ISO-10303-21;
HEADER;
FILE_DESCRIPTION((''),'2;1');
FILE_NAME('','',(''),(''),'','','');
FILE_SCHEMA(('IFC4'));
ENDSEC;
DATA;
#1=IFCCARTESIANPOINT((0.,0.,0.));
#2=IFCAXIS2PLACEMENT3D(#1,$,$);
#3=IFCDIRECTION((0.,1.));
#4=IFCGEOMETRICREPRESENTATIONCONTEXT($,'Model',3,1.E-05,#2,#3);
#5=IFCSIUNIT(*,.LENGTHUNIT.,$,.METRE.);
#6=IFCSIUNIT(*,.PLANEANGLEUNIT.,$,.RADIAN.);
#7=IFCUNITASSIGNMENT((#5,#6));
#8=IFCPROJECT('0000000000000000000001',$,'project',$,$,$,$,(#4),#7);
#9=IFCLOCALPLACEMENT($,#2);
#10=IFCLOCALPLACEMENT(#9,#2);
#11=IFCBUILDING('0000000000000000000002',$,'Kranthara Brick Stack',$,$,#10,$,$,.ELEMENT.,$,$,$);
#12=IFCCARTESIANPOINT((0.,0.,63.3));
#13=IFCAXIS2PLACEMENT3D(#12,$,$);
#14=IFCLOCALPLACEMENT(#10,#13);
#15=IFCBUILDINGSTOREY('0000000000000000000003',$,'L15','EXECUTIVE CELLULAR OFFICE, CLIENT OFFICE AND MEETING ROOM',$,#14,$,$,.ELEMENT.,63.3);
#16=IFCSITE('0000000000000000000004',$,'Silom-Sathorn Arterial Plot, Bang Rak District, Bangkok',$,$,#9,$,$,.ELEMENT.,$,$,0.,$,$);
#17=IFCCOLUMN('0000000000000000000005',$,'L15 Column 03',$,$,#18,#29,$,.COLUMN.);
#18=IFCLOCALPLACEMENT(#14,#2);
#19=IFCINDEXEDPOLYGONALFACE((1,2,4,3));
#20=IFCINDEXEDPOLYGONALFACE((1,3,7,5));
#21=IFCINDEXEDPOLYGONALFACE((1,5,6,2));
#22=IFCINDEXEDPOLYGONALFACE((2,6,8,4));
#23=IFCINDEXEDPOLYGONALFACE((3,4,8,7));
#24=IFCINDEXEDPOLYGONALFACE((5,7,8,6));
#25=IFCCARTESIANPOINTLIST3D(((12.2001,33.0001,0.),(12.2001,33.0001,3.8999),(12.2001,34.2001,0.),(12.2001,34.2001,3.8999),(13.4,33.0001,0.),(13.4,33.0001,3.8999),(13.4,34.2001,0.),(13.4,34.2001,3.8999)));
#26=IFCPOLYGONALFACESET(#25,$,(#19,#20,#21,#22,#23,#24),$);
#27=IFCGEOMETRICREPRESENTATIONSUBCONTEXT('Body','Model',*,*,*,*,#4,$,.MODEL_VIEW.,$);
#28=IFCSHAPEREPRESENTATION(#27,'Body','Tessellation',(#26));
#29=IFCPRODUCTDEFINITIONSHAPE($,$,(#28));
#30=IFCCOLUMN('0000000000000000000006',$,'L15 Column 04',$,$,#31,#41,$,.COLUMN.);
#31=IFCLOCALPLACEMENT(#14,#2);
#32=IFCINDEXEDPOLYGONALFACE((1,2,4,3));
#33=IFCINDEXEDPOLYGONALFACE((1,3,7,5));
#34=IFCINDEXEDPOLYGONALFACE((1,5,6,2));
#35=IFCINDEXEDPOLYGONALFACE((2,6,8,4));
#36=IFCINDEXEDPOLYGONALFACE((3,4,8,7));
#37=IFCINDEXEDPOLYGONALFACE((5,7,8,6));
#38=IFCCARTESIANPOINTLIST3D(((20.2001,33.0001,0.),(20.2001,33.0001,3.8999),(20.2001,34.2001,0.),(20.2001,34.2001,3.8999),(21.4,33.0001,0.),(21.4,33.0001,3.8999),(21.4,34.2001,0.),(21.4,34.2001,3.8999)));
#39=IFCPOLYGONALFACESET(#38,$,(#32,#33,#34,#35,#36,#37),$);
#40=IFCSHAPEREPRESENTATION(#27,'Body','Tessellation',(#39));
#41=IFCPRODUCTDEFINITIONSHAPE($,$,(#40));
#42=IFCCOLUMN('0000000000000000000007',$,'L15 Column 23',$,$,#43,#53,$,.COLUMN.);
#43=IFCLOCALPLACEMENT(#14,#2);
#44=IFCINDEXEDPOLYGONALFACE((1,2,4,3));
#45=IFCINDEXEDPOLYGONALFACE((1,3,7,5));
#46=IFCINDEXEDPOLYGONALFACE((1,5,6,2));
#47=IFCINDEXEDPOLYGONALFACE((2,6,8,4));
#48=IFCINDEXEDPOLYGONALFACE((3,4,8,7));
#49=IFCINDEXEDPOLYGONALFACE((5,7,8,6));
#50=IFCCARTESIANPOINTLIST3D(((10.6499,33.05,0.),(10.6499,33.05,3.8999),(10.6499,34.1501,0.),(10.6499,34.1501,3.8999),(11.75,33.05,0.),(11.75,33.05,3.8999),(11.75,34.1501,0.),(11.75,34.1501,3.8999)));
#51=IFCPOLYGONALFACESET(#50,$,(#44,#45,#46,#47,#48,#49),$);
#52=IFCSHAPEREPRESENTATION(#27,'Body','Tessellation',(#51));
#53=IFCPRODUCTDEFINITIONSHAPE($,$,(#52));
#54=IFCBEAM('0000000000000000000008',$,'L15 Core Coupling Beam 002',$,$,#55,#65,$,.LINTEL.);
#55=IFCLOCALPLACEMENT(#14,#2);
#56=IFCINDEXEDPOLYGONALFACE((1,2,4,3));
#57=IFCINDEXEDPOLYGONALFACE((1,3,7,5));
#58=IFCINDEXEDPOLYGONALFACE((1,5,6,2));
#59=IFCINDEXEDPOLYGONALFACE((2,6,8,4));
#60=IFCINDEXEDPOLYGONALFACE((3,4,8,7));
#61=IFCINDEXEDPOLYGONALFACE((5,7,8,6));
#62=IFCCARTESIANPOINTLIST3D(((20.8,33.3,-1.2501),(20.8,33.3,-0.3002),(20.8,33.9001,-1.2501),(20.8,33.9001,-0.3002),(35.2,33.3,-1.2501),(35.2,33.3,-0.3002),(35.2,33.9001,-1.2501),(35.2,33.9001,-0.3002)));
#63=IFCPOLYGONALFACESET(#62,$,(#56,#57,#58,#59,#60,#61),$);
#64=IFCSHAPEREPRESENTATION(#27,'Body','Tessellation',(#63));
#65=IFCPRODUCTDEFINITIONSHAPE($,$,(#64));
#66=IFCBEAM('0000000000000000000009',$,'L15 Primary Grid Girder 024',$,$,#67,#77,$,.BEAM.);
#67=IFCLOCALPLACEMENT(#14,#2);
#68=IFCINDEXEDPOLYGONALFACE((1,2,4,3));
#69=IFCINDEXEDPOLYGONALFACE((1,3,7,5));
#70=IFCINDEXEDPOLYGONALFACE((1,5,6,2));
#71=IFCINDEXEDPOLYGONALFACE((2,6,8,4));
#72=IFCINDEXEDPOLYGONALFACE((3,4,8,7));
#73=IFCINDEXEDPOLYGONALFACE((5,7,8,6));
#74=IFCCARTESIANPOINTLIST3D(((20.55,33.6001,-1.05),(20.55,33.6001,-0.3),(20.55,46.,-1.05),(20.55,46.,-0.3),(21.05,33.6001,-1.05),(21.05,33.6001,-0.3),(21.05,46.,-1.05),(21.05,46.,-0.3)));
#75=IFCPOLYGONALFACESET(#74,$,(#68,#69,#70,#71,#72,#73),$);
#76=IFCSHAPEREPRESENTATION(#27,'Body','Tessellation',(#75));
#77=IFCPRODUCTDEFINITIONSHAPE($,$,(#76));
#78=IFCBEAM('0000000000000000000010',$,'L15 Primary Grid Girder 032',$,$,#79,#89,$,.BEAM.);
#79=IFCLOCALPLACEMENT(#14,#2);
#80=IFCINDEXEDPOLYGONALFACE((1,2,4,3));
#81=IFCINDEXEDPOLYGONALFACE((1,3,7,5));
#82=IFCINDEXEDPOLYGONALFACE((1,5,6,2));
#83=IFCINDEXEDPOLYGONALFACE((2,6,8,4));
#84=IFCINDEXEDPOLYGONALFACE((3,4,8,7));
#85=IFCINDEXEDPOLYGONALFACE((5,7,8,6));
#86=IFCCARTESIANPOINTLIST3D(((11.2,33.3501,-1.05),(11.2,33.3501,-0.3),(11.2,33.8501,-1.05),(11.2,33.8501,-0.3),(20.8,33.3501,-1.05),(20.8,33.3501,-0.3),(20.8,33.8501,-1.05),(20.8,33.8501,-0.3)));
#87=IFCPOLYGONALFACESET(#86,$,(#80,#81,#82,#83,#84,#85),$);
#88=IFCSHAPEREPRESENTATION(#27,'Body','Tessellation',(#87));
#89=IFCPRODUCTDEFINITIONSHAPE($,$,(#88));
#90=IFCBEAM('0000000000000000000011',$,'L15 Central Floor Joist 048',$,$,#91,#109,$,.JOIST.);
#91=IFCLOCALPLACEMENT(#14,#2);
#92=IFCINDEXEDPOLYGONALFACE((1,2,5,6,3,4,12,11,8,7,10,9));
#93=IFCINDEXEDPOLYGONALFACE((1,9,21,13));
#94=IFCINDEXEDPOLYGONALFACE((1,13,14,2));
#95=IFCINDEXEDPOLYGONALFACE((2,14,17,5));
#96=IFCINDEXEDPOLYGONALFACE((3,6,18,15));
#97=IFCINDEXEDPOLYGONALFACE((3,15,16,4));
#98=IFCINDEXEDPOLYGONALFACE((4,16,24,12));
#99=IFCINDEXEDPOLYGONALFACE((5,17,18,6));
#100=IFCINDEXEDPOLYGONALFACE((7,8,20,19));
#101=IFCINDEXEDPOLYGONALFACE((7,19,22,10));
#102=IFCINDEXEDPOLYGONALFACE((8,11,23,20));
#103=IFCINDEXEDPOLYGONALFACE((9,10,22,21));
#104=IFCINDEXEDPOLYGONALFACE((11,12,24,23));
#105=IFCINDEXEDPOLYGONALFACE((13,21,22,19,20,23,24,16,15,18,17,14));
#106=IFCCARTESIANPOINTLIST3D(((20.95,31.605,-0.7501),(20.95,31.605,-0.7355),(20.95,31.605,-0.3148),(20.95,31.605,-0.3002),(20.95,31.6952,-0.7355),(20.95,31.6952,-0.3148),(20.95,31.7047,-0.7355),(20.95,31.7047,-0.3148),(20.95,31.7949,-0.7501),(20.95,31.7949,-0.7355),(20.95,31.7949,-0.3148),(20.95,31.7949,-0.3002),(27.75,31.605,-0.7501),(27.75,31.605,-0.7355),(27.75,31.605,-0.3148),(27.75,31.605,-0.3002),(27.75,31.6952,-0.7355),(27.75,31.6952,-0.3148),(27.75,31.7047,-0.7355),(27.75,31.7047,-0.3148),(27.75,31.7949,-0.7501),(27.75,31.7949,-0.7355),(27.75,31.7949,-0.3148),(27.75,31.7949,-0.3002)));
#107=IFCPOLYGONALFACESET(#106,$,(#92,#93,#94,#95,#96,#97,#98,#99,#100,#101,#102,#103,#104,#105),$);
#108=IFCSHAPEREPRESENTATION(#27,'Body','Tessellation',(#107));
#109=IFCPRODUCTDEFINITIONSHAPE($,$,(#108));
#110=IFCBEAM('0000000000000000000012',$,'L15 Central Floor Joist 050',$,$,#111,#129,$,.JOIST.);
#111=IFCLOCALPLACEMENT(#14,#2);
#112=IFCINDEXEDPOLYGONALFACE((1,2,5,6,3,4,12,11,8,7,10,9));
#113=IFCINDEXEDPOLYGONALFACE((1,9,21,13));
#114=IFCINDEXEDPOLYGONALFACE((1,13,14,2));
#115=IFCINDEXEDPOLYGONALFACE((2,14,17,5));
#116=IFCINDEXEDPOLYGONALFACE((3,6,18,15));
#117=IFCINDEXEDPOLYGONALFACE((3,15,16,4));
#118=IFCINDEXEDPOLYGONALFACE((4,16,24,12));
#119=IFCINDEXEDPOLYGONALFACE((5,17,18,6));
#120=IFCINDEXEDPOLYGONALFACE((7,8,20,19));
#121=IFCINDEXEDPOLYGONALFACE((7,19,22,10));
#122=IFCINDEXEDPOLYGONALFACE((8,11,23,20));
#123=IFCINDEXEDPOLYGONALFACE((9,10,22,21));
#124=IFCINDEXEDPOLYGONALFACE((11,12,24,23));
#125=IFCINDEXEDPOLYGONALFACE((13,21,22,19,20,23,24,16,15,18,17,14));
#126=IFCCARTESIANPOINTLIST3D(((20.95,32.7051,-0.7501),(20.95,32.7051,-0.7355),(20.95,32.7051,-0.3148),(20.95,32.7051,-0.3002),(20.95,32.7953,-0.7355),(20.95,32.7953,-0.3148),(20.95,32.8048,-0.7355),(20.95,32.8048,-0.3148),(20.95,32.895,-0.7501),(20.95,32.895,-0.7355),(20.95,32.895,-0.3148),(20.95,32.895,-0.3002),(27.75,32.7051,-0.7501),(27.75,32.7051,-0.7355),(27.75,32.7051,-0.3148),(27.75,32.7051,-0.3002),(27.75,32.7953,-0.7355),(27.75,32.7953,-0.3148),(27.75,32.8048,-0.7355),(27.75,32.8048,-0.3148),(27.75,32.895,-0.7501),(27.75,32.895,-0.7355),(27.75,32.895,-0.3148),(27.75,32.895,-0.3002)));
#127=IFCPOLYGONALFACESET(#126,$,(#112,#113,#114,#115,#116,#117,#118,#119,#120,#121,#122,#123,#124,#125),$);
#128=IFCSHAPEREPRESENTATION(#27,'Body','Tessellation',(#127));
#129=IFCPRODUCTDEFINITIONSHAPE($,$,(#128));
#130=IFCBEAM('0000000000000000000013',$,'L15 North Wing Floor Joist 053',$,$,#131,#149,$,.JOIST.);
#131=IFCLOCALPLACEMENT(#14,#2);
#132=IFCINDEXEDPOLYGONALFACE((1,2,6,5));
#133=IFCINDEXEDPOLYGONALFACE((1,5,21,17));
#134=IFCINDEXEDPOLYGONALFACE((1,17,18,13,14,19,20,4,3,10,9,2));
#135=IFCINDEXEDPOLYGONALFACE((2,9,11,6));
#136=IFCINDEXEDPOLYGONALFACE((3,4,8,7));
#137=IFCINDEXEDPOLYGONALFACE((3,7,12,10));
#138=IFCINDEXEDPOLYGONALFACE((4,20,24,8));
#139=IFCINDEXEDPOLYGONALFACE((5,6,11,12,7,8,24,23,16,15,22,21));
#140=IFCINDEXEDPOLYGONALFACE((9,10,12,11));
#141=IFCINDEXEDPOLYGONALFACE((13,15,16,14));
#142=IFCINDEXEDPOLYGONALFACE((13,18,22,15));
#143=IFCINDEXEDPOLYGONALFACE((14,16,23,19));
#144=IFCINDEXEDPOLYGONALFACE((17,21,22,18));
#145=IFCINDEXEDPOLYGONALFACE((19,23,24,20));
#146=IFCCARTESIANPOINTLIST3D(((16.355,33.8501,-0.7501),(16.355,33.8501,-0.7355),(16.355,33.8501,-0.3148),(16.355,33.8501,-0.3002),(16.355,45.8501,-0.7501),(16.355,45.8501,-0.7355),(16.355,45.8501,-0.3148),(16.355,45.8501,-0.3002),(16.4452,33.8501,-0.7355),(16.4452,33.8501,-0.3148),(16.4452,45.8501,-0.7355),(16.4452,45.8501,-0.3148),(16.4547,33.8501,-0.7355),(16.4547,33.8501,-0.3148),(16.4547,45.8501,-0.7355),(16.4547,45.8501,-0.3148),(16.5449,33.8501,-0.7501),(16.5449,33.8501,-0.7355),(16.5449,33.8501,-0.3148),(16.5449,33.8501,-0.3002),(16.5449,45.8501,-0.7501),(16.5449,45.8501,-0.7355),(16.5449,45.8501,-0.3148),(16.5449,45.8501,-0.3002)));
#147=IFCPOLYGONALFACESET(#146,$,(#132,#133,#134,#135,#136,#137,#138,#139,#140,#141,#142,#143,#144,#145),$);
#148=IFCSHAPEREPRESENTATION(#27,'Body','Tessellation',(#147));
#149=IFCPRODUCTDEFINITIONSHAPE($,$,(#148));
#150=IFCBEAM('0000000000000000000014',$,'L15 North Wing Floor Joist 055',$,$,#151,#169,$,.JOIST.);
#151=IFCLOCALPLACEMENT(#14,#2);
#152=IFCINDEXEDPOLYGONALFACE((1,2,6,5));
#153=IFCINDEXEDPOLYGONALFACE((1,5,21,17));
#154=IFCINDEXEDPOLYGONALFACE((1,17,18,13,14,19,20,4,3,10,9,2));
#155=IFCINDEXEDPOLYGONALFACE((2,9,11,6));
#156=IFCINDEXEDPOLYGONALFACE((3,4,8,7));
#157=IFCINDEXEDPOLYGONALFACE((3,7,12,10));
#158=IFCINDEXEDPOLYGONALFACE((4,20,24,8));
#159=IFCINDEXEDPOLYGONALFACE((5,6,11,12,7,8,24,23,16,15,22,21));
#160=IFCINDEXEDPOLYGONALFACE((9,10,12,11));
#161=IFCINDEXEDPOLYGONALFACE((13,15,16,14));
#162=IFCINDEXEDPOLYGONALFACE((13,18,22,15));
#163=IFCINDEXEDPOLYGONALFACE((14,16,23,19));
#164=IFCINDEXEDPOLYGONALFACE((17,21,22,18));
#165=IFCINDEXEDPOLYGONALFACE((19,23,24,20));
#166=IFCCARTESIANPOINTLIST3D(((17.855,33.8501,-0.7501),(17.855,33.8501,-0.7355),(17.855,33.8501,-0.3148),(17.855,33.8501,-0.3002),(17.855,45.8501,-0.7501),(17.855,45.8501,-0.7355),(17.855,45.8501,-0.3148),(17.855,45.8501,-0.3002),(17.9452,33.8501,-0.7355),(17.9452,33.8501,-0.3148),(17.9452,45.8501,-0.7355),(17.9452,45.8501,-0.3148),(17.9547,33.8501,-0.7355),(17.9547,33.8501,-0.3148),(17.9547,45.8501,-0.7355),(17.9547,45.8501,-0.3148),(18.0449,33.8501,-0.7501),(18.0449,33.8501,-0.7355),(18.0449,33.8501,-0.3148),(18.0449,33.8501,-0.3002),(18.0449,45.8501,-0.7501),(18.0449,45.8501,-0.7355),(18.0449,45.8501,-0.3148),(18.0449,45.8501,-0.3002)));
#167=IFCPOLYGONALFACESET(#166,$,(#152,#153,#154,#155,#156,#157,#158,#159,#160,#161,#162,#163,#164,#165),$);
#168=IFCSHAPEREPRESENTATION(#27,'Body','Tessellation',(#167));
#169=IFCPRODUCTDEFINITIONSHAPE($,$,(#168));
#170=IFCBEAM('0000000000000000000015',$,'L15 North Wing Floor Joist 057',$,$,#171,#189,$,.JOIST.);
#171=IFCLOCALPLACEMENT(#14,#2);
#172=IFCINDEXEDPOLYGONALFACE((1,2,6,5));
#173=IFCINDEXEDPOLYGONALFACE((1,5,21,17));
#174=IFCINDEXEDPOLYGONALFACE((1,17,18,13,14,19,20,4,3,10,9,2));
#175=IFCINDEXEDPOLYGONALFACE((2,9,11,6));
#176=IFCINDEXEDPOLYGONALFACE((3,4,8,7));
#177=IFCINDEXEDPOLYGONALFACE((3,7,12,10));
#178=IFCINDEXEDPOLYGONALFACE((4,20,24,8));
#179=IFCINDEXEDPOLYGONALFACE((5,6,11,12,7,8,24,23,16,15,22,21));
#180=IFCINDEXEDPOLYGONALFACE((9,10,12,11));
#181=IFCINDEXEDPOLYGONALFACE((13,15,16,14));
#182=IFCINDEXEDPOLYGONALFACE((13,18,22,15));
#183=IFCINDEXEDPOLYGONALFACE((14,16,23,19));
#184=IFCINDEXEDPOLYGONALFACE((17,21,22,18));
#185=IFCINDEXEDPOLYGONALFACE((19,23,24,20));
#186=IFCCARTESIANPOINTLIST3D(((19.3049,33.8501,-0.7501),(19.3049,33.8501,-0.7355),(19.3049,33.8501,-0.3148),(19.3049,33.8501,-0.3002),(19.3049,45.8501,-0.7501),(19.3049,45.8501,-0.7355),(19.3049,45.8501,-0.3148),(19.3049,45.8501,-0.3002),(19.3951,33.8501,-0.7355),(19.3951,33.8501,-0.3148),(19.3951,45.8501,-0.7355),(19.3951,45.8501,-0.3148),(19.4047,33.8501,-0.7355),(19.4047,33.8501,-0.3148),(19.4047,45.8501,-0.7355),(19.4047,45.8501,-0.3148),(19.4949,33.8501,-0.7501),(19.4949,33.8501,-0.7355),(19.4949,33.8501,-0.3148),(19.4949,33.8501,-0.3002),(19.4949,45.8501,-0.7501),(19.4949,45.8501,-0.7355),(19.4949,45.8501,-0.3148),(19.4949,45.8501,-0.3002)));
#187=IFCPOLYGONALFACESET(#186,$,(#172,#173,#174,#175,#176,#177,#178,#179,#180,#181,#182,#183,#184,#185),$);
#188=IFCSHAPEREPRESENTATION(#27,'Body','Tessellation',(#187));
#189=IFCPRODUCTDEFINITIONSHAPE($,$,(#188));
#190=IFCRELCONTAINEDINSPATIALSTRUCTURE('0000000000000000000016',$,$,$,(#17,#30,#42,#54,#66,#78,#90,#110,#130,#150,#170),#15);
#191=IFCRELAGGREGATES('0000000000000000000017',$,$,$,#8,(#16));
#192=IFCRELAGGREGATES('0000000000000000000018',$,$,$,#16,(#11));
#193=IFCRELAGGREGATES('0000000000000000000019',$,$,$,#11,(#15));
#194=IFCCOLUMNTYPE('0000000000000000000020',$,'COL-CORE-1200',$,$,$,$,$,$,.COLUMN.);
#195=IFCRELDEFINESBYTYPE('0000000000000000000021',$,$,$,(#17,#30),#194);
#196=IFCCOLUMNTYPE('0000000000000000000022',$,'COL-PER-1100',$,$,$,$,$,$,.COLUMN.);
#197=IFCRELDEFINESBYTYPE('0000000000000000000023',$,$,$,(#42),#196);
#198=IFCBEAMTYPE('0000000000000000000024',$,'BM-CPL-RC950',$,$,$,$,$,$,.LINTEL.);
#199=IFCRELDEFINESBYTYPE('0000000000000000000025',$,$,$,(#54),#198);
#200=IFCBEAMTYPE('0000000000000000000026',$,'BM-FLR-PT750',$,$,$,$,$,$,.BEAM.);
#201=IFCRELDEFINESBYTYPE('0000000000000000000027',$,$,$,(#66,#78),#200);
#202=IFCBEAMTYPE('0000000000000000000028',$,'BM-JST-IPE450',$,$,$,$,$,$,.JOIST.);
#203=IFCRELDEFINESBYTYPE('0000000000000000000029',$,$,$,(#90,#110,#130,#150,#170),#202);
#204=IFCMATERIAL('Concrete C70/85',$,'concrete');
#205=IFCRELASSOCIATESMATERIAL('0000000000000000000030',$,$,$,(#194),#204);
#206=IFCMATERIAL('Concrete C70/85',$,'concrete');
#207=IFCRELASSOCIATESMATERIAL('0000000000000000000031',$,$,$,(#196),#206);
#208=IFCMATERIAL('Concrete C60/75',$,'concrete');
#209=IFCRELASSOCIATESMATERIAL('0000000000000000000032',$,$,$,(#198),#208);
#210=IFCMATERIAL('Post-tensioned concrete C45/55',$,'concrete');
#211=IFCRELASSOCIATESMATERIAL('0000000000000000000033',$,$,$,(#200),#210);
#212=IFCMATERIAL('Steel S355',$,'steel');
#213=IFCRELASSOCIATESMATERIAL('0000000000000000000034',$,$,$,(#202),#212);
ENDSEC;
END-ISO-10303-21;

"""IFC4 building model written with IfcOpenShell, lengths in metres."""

from ifc_helpers import new_model, si_unit, direction, frame, origin, origin_2d, place, context, subcontext, project, spatial, rectangle, i_section, extrude, material, material_profile, profile_set, type_object, element, save


model = new_model("IFC4")

# Units and contexts
model_context = context("Model", 3, precision=1e-05, world=origin(), true_north=direction((0.0, 1.0)))
body_context = subcontext(model_context, "Body", "Model", "MODEL_VIEW")
ifc_project = project(units=[si_unit("LENGTHUNIT", "METRE"), si_unit("PLANEANGLEUNIT", "RADIAN")], contexts=[model_context])

# Site, building, storey
site_placement = place(None, origin())
site = spatial("IfcSite", under=ifc_project, at=site_placement, Name="Silom-Sathorn Arterial Plot, Bang Rak District, Bangkok", CompositionType="ELEMENT", RefElevation=0.0)
building_placement = place(site_placement, origin())
building = spatial("IfcBuilding", under=site, at=building_placement, Name="Kranthara Brick Stack", CompositionType="ELEMENT")
storey_placement = place(building_placement, frame((0.0, 0.0, 63.3)))
storey = spatial("IfcBuildingStorey", under=building, at=storey_placement, Name="L15", Description="EXECUTIVE CELLULAR OFFICE, CLIENT OFFICE AND MEETING ROOM", CompositionType="ELEMENT", Elevation=63.3)

# Columns
ifc_material_1 = material(Name="Concrete C70/85", Category="concrete")
ifc_material_profile_1 = material_profile(ifc_material_1, rectangle(XDim=1.2, YDim=1.2, at=origin_2d()), Name="RC 1200x1200")
ifc_profile_set_1 = profile_set([ifc_material_profile_1], Name="Concrete C70/85")
column_type_1 = type_object("IfcColumnType", Name="COL-CORE-1200", PredefinedType="COLUMN", material=ifc_profile_set_1)
for number, where, z_axis, x_axis, name in (
    (1, (12.8, 33.6001, 0.0), (0.0, 0.0, 1.0), (1.0, 0.0, 0.0), "L15 Column 03"),
    (2, (20.8, 33.6001, 0.0), (0.0, 0.0, 1.0), (1.0, 0.0, 0.0), "L15 Column 04"),
):
    element("IfcColumn", number, at=place(storey_placement, frame(where, z_axis=z_axis, x_axis=x_axis)), inside=storey, type_object=column_type_1, Name=name, PredefinedType="COLUMN", context=body_context, shape_type="SweptSolid", body=[
        extrude(rectangle(XDim=1.2, YDim=1.2, at=origin_2d()), origin(), (0.0, 0.0, 1.0), 3.8999),
    ])
ifc_material_2 = material(Name="Concrete C70/85", Category="concrete")
ifc_material_profile_2 = material_profile(ifc_material_2, rectangle(XDim=1.1001, YDim=1.1001, at=origin_2d()), Name="RC 1100x1100")
ifc_profile_set_2 = profile_set([ifc_material_profile_2], Name="Concrete C70/85")
column_type_2 = type_object("IfcColumnType", Name="COL-PER-1100", PredefinedType="COLUMN", material=ifc_profile_set_2)
column_placement = place(storey_placement, frame((11.2, 33.6001, 0.0), z_axis=(0.0, 0.0, 1.0), x_axis=(1.0, 0.0, 0.0)))
element("IfcColumn", 3, at=column_placement, inside=storey, type_object=column_type_2, Name="L15 Column 23", PredefinedType="COLUMN", context=body_context, shape_type="SweptSolid", body=[
    extrude(rectangle(XDim=1.1001, YDim=1.1001, at=origin_2d()), origin(), (0.0, 0.0, 1.0), 3.8999),
])

# Beams
ifc_material_3 = material(Name="Concrete C60/75", Category="concrete")
ifc_material_profile_3 = material_profile(ifc_material_3, rectangle(XDim=0.6001, YDim=0.95, at=origin_2d()), Name="RC 600x950")
ifc_profile_set_3 = profile_set([ifc_material_profile_3], Name="Concrete C60/75")
beam_type_1 = type_object("IfcBeamType", Name="BM-CPL-RC950", PredefinedType="LINTEL", material=ifc_profile_set_3)
beam_1_placement = place(storey_placement, frame((20.8, 33.6001, -0.7751), z_axis=(1.0, 0.0, 0.0), x_axis=(0.0, 1.0, 0.0)))
element("IfcBeam", 4, at=beam_1_placement, inside=storey, type_object=beam_type_1, Name="L15 Core Coupling Beam 002", PredefinedType="LINTEL", context=body_context, shape_type="SweptSolid", body=[
    extrude(rectangle(XDim=0.6001, YDim=0.95, at=origin_2d()), origin(), (0.0, 0.0, 1.0), 14.3999),
])
ifc_material_4 = material(Name="Post-tensioned concrete C45/55", Category="concrete")
ifc_material_profile_4 = material_profile(ifc_material_4, rectangle(XDim=0.5, YDim=0.75, at=origin_2d()), Name="PT 500x750")
ifc_profile_set_4 = profile_set([ifc_material_profile_4], Name="Post-tensioned concrete C45/55")
beam_type_2 = type_object("IfcBeamType", Name="BM-FLR-PT750", PredefinedType="BEAM", material=ifc_profile_set_4)
beam_2_placement = place(storey_placement, frame((20.8, 33.6001, -0.675), z_axis=(0.0, 1.0, 0.0), x_axis=(-1.0, 0.0, 0.0)))
element("IfcBeam", 5, at=beam_2_placement, inside=storey, type_object=beam_type_2, Name="L15 Primary Grid Girder 024", PredefinedType="BEAM", context=body_context, shape_type="SweptSolid", body=[
    extrude(rectangle(XDim=0.5, YDim=0.75, at=origin_2d()), origin(), (0.0, 0.0, 1.0), 12.3999),
])
beam_3_placement = place(storey_placement, frame((11.2, 33.6001, -0.675), z_axis=(1.0, 0.0, 0.0), x_axis=(0.0, 1.0, 0.0)))
element("IfcBeam", 6, at=beam_3_placement, inside=storey, type_object=beam_type_2, Name="L15 Primary Grid Girder 032", PredefinedType="BEAM", context=body_context, shape_type="SweptSolid", body=[
    extrude(rectangle(XDim=0.5, YDim=0.75, at=origin_2d()), origin(), (0.0, 0.0, 1.0), 9.6001),
])
ifc_material_5 = material(Name="Steel S355", Category="steel")
ifc_material_profile_5 = material_profile(ifc_material_5, i_section(OverallWidth=0.1899, OverallDepth=0.45, WebThickness=0.0095, FlangeThickness=0.0146, at=origin_2d()), Name="IPE 450")
ifc_profile_set_5 = profile_set([ifc_material_profile_5], Name="Steel S355")
beam_type_3 = type_object("IfcBeamType", Name="BM-JST-IPE450", PredefinedType="JOIST", material=ifc_profile_set_5)
for number, where, z_axis, x_axis, name in (
    (7, (20.95, 31.7, -0.5251), (1.0, 0.0, 0.0), (0.0, 1.0, 0.0), "L15 Central Floor Joist 048"),
    (8, (20.95, 32.8, -0.5251), (1.0, 0.0, 0.0), (0.0, 1.0, 0.0), "L15 Central Floor Joist 050"),
):
    element("IfcBeam", number, at=place(storey_placement, frame(where, z_axis=z_axis, x_axis=x_axis)), inside=storey, type_object=beam_type_3, Name=name, PredefinedType="JOIST", context=body_context, shape_type="SweptSolid", body=[
        extrude(i_section(OverallWidth=0.1899, OverallDepth=0.45, WebThickness=0.0095, FlangeThickness=0.0146, at=origin_2d()), origin(), (0.0, 0.0, 1.0), 6.8),
    ])
for number, where, z_axis, x_axis, name in (
    (9, (16.45, 33.8501, -0.5251), (0.0, 1.0, 0.0), (-1.0, 0.0, 0.0), "L15 North Wing Floor Joist 053"),
    (10, (17.95, 33.8501, -0.5251), (0.0, 1.0, 0.0), (-1.0, 0.0, 0.0), "L15 North Wing Floor Joist 055"),
    (11, (19.3999, 33.8501, -0.5251), (0.0, 1.0, 0.0), (-1.0, 0.0, 0.0), "L15 North Wing Floor Joist 057"),
):
    element("IfcBeam", number, at=place(storey_placement, frame(where, z_axis=z_axis, x_axis=x_axis)), inside=storey, type_object=beam_type_3, Name=name, PredefinedType="JOIST", context=body_context, shape_type="SweptSolid", body=[
        extrude(i_section(OverallWidth=0.1899, OverallDepth=0.45, WebThickness=0.0095, FlangeThickness=0.0146, at=origin_2d()), origin(), (0.0, 0.0, 1.0), 12.0),
    ])

save(model, "model.ifc")
